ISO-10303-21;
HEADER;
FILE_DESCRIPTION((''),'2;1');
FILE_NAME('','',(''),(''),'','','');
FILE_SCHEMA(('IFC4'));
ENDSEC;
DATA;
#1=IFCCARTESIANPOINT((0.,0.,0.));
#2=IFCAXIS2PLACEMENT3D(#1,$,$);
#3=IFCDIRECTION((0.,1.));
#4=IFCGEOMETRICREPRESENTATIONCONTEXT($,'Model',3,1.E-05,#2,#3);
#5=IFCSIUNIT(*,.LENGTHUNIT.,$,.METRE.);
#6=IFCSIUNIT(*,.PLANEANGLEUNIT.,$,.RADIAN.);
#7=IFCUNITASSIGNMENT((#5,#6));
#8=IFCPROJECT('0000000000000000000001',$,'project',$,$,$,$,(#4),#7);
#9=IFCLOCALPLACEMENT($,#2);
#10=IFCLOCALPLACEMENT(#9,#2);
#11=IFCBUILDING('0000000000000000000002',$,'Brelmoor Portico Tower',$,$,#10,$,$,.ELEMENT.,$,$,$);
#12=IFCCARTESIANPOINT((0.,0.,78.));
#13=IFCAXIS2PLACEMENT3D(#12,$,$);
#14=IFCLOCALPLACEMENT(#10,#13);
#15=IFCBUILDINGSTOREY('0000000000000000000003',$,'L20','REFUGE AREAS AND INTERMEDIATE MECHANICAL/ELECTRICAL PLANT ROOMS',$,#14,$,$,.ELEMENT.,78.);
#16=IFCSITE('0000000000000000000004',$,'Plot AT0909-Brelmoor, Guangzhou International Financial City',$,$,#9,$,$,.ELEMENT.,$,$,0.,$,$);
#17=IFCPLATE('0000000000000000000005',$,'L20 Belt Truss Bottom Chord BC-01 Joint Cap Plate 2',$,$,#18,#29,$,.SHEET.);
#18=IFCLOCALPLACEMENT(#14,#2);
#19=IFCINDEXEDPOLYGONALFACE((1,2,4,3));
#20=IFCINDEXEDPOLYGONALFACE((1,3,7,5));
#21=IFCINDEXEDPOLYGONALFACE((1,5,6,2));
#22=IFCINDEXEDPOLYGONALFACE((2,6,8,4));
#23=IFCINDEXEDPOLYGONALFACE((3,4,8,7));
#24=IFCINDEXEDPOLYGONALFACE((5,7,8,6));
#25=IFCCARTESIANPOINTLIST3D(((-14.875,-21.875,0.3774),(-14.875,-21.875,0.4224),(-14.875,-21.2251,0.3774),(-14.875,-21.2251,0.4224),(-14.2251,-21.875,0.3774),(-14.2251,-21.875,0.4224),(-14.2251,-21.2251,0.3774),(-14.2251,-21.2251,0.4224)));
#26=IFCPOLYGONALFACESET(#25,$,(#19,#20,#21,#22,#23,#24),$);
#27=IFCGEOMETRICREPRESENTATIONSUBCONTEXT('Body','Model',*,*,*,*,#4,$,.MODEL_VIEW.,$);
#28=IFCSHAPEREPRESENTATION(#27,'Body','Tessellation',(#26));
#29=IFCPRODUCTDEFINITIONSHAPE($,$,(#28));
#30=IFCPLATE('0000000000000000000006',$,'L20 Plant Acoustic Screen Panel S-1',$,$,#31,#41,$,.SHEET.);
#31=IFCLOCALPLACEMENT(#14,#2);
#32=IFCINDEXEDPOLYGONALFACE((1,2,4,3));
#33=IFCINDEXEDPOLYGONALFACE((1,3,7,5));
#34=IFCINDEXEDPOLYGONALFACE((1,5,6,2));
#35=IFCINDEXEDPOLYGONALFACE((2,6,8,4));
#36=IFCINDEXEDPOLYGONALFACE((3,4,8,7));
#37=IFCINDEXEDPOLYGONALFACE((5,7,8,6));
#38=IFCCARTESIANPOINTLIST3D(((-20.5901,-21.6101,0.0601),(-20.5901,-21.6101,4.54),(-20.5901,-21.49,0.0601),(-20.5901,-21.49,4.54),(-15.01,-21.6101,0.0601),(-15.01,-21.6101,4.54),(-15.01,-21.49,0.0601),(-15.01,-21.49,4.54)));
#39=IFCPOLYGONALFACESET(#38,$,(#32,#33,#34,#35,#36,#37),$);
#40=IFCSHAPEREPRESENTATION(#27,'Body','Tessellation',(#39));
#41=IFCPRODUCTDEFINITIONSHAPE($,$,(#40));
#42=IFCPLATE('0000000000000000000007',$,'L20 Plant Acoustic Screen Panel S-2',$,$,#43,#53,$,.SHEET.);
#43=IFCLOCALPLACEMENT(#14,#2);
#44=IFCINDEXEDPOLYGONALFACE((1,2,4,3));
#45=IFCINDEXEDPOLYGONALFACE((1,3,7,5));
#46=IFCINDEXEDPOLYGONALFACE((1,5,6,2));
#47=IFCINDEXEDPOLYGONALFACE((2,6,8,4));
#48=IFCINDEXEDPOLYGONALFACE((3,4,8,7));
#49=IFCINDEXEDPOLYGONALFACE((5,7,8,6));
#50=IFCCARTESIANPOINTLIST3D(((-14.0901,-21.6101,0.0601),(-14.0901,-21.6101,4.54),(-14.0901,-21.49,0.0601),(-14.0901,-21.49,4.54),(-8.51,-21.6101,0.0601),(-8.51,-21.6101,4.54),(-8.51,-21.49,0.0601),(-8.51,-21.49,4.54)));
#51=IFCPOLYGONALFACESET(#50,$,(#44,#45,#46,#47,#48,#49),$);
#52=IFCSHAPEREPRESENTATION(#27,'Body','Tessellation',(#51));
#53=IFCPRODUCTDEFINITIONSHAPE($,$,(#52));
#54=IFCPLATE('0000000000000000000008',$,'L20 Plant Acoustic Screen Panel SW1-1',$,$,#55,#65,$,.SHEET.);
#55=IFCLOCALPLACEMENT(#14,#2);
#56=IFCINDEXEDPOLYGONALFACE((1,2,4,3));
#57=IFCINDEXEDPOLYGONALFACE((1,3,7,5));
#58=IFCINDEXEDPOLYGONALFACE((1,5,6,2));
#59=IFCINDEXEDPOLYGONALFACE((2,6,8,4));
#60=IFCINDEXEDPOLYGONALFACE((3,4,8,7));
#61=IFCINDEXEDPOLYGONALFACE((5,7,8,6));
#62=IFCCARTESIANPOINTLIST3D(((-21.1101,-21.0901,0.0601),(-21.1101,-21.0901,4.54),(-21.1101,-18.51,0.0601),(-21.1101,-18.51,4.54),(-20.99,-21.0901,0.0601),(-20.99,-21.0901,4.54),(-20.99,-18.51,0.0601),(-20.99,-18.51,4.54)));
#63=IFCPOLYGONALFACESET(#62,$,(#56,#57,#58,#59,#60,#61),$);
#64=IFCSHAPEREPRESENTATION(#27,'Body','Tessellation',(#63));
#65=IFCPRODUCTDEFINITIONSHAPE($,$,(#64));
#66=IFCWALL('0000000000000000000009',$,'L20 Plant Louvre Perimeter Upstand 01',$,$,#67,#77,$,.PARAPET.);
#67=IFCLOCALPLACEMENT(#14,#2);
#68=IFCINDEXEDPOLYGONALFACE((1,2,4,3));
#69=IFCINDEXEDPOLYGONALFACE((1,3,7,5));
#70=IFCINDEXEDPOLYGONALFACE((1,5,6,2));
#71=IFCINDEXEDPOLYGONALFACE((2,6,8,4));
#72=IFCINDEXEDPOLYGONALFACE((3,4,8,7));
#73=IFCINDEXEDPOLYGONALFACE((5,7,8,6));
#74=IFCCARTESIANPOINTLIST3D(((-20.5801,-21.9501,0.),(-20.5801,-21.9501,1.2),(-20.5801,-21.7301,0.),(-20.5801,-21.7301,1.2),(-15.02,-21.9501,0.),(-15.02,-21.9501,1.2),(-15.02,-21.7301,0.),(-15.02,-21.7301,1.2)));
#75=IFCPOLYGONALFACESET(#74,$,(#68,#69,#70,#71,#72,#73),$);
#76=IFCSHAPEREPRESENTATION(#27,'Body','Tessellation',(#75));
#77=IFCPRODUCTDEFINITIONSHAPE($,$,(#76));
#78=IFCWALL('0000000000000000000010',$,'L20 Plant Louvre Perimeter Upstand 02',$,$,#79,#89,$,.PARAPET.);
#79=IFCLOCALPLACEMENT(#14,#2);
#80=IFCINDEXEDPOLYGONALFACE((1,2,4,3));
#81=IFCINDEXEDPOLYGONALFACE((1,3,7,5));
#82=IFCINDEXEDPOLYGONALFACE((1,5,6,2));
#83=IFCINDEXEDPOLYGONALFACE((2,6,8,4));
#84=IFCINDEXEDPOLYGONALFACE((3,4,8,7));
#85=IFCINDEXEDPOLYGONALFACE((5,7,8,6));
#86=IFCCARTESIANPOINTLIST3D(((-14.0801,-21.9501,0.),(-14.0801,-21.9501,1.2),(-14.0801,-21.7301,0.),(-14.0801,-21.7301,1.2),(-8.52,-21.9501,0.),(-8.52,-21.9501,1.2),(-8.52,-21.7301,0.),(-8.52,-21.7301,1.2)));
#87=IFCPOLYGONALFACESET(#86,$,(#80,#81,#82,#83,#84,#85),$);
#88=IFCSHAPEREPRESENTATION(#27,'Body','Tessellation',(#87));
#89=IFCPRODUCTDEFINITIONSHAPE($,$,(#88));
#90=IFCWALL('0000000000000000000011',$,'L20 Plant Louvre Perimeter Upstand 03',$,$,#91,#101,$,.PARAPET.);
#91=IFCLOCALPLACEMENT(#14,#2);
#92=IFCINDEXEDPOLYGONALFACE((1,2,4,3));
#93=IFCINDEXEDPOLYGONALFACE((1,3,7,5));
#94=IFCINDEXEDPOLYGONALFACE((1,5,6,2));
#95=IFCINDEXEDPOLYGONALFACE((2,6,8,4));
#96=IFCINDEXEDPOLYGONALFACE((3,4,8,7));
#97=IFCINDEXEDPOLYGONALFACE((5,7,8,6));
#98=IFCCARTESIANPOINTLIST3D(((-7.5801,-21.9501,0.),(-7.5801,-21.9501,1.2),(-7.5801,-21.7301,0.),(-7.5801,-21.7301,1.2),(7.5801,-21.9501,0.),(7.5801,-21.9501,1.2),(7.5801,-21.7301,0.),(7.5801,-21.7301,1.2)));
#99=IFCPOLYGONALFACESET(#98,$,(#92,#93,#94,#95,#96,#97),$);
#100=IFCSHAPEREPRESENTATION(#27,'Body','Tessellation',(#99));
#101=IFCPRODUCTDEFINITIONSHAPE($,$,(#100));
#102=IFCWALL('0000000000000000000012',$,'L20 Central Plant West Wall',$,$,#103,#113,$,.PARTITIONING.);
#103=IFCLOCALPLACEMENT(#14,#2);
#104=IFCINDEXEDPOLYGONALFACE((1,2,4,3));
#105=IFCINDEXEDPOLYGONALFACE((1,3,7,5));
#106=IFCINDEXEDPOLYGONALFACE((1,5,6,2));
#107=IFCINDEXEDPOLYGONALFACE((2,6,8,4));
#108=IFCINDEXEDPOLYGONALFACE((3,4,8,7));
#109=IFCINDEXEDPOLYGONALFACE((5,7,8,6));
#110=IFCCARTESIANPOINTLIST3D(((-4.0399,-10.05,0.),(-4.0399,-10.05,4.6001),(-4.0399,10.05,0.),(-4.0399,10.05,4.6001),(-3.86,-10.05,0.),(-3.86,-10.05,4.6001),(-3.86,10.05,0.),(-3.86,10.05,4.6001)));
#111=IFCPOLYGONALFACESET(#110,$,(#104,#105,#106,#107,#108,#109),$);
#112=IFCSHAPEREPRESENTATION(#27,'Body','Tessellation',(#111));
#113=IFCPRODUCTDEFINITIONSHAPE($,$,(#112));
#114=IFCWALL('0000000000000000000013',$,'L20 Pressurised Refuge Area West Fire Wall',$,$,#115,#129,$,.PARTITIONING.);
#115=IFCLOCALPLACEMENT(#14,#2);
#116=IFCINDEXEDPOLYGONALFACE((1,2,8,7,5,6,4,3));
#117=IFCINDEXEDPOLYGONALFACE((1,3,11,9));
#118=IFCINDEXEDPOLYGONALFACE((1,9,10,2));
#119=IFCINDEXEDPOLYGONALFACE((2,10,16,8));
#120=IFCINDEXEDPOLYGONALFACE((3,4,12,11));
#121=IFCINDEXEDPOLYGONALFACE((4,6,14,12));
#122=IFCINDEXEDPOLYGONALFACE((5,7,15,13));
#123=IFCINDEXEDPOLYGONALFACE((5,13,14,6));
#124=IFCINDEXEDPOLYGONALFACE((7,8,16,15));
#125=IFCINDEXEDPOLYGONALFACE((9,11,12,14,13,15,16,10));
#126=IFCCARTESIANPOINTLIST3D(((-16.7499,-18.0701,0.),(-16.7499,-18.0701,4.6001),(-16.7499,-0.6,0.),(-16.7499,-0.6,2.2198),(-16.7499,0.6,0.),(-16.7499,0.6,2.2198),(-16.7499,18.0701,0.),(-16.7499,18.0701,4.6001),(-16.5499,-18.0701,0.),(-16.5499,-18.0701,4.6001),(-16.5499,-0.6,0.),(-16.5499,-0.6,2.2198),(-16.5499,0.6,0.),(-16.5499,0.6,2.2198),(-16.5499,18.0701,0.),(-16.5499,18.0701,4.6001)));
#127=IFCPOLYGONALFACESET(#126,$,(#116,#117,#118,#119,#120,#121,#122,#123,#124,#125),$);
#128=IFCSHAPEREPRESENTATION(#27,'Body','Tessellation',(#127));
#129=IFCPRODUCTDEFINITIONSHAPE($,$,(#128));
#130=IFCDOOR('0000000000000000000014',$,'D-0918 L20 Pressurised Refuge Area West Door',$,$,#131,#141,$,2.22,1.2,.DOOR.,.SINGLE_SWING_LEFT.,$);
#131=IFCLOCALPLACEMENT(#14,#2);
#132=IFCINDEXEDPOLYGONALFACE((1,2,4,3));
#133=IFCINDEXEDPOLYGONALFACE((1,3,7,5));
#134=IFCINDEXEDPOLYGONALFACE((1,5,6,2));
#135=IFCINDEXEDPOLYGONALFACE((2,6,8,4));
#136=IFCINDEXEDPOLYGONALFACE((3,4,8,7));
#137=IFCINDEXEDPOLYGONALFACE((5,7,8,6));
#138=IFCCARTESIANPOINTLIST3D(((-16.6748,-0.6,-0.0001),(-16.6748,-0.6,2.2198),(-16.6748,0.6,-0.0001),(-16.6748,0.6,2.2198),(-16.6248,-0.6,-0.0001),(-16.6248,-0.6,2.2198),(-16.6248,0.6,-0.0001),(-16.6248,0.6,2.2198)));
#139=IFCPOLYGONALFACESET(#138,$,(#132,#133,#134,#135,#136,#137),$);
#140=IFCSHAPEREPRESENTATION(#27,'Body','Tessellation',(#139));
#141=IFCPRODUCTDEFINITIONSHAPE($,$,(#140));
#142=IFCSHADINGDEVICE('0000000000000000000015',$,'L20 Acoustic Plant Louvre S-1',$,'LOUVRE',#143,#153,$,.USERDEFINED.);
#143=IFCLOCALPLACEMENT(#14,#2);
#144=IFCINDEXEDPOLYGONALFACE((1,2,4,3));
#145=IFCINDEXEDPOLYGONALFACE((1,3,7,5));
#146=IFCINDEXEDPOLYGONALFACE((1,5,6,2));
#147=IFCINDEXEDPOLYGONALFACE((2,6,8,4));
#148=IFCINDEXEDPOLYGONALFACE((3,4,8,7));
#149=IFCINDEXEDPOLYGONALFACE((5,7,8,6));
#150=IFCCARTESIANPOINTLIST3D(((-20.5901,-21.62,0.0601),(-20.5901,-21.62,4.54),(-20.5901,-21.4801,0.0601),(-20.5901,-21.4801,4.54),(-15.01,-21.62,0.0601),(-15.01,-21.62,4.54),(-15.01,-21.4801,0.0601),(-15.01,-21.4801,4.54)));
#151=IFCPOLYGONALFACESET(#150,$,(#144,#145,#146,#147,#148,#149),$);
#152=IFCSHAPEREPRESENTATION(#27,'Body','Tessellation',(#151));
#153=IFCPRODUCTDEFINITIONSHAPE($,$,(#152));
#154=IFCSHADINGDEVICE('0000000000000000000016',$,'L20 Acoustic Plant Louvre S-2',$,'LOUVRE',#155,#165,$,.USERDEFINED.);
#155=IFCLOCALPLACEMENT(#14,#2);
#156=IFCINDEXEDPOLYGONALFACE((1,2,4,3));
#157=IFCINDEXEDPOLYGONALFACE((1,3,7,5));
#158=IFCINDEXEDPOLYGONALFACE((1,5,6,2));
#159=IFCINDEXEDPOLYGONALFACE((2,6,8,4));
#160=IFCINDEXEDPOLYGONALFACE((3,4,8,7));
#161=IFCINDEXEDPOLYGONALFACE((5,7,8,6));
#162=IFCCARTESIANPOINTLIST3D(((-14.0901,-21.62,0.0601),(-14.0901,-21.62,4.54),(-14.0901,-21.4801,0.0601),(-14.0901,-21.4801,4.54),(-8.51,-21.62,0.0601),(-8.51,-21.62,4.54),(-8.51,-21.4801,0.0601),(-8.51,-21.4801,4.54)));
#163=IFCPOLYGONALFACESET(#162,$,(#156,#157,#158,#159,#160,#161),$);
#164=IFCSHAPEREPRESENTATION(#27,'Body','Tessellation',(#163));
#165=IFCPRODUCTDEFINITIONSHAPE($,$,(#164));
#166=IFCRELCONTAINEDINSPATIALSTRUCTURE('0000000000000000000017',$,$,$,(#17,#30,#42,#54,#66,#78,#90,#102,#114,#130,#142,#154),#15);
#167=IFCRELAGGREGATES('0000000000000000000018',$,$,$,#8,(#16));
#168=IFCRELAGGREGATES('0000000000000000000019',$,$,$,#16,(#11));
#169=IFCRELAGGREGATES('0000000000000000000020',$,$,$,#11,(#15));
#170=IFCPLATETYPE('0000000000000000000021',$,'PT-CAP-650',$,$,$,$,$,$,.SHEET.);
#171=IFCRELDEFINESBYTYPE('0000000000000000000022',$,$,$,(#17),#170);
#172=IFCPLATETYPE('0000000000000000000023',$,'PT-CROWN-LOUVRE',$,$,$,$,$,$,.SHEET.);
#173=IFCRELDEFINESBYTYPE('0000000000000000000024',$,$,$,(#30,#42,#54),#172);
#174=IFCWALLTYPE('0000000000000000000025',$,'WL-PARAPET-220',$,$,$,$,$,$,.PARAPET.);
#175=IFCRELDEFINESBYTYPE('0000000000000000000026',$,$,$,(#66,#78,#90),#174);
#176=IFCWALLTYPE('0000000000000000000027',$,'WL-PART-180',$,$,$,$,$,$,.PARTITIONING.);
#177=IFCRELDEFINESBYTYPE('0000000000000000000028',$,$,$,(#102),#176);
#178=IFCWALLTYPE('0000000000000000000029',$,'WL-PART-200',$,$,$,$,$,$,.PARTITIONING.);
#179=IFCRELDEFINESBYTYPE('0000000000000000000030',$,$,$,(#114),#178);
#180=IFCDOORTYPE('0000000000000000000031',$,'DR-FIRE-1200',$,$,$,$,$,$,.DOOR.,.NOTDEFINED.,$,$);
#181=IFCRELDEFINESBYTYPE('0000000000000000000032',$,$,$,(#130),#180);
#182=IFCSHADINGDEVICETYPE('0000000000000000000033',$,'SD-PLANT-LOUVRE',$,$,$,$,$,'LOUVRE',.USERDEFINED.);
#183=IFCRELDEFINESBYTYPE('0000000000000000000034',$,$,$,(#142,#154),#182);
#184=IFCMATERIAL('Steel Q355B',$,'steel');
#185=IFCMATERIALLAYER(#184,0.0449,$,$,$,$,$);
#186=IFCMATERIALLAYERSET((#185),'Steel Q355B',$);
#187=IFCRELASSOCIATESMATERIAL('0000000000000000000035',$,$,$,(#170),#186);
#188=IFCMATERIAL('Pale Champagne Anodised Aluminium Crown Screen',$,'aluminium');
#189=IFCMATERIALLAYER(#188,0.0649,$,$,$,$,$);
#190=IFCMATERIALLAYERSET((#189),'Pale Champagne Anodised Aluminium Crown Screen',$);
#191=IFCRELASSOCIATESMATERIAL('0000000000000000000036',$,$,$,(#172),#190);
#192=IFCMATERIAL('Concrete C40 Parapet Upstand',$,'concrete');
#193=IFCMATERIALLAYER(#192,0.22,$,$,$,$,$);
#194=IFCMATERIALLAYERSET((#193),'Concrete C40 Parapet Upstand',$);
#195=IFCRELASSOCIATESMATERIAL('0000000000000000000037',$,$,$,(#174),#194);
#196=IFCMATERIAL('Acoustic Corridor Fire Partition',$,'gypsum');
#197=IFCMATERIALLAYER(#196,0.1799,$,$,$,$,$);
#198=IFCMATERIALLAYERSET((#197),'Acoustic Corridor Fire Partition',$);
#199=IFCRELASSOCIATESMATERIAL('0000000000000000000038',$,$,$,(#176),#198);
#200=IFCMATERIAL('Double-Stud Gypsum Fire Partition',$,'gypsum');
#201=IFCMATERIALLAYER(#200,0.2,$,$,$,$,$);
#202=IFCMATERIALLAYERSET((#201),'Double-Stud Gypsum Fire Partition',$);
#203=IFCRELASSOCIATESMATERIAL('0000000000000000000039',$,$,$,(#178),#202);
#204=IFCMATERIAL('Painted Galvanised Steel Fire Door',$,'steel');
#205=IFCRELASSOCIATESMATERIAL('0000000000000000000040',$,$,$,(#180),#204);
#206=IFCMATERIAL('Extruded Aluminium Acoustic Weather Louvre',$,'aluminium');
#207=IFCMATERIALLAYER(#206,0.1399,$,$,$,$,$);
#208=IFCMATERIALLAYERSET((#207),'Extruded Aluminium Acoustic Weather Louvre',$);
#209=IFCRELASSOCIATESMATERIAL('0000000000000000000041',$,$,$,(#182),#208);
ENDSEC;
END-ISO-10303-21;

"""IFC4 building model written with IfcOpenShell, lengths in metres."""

from ifc_helpers import new_model, si_unit, direction, frame, frame_2d, origin, origin_2d, place, context, subcontext, project, spatial, rectangle, extrude, material, layer, layer_set, type_object, element, fill, save


model = new_model("IFC4")

# Units and contexts
model_context = context("Model", 3, precision=1e-05, world=origin(), true_north=direction((0.0, 1.0)))
body_context = subcontext(model_context, "Body", "Model", "MODEL_VIEW")
ifc_project = project(units=[si_unit("LENGTHUNIT", "METRE"), si_unit("PLANEANGLEUNIT", "RADIAN")], contexts=[model_context])

# Site, building, storey
site_placement = place(None, origin())
site = spatial("IfcSite", under=ifc_project, at=site_placement, Name="Plot AT0909-Brelmoor, Guangzhou International Financial City", CompositionType="ELEMENT", RefElevation=0.0)
building_placement = place(site_placement, origin())
building = spatial("IfcBuilding", under=site, at=building_placement, Name="Brelmoor Portico Tower", CompositionType="ELEMENT")
storey_placement = place(building_placement, frame((0.0, 0.0, 78.0)))
storey = spatial("IfcBuildingStorey", under=building, at=storey_placement, Name="L20", Description="REFUGE AREAS AND INTERMEDIATE MECHANICAL/ELECTRICAL PLANT ROOMS", CompositionType="ELEMENT", Elevation=78.0)

# Shared definitions
ifc_material_1 = material(Name="Steel Q355B", Category="steel")

# Plates
ifc_layer_1 = layer(ifc_material_1, 0.0449)
ifc_layer_set_1 = layer_set([ifc_layer_1], Name="Steel Q355B")
plate_type_1 = type_object("IfcPlateType", Name="PT-CAP-650", PredefinedType="SHEET", material=ifc_layer_set_1)
for number, where, z_axis, x_axis, name in (
    (1, (-14.55, -21.55, 0.3774), (0.0, 0.0, 1.0), (1.0, 0.0, 0.0), "L20 Belt Truss Bottom Chord BC-01 Joint Cap Plate 2"),
):
    element("IfcPlate", number, at=place(storey_placement, frame(where, z_axis=z_axis, x_axis=x_axis)), inside=storey, type_object=plate_type_1, Name=name, PredefinedType="SHEET", context=body_context, shape_type="SweptSolid", body=[
        extrude(rectangle(XDim=0.6499, YDim=0.6499, at=origin_2d()), origin(), (0.0, 0.0, 1.0), 0.0449),
    ])
ifc_material_2 = material(Name="Pale Champagne Anodised Aluminium Crown Screen", Category="aluminium")
ifc_layer_2 = layer(ifc_material_2, 0.0649)
ifc_layer_set_2 = layer_set([ifc_layer_2], Name="Pale Champagne Anodised Aluminium Crown Screen")
plate_type_2 = type_object("IfcPlateType", Name="PT-CROWN-LOUVRE", PredefinedType="SHEET", material=ifc_layer_set_2)
for number, where, z_axis, x_axis, name in (
    (2, (-17.8, -21.55, 0.0601), (0.0, 0.0, 1.0), (1.0, 0.0, 0.0), "L20 Plant Acoustic Screen Panel S-1"),
    (3, (-11.3, -21.55, 0.0601), (0.0, 0.0, 1.0), (1.0, 0.0, 0.0), "L20 Plant Acoustic Screen Panel S-2"),
):
    element("IfcPlate", number, at=place(storey_placement, frame(where, z_axis=z_axis, x_axis=x_axis)), inside=storey, type_object=plate_type_2, Name=name, PredefinedType="SHEET", context=body_context, shape_type="SweptSolid", body=[
        extrude(rectangle(XDim=5.5801, YDim=0.1201, at=origin_2d()), origin(), (0.0, 0.0, 1.0), 4.48),
    ])
plate_placement = place(storey_placement, frame((-21.05, -19.8, 0.0601), z_axis=(0.0, 0.0, 1.0), x_axis=(0.0, 1.0, 0.0)))
element("IfcPlate", 4, at=plate_placement, inside=storey, type_object=plate_type_2, Name="L20 Plant Acoustic Screen Panel SW1-1", PredefinedType="SHEET", context=body_context, shape_type="SweptSolid", body=[
    extrude(rectangle(XDim=2.5801, YDim=0.1201, at=origin_2d()), origin(), (0.0, 0.0, 1.0), 4.48),
])

# Walls
ifc_material_3 = material(Name="Concrete C40 Parapet Upstand", Category="concrete")
ifc_layer_3 = layer(ifc_material_3, 0.22)
ifc_layer_set_3 = layer_set([ifc_layer_3], Name="Concrete C40 Parapet Upstand")
wall_type_1 = type_object("IfcWallType", Name="WL-PARAPET-220", PredefinedType="PARAPET", material=ifc_layer_set_3)
for number, where, z_axis, x_axis, name in (
    (5, (-20.5801, -21.8401, 0.0), (0.0, 0.0, 1.0), (1.0, 0.0, 0.0), "L20 Plant Louvre Perimeter Upstand 01"),
    (6, (-14.0801, -21.8401, 0.0), (0.0, 0.0, 1.0), (1.0, 0.0, 0.0), "L20 Plant Louvre Perimeter Upstand 02"),
):
    element("IfcWall", number, at=place(storey_placement, frame(where, z_axis=z_axis, x_axis=x_axis)), inside=storey, type_object=wall_type_1, Name=name, PredefinedType="PARAPET", context=body_context, shape_type="SweptSolid", body=[
        extrude(rectangle(XDim=5.5601, YDim=0.22, at=frame_2d((2.78, 0.0))), origin(), (0.0, 0.0, 1.0), 1.2),
    ])
wall_1_placement = place(storey_placement, frame((-7.5801, -21.8401, 0.0), z_axis=(0.0, 0.0, 1.0), x_axis=(1.0, 0.0, 0.0)))
element("IfcWall", 7, at=wall_1_placement, inside=storey, type_object=wall_type_1, Name="L20 Plant Louvre Perimeter Upstand 03", PredefinedType="PARAPET", context=body_context, shape_type="SweptSolid", body=[
    extrude(rectangle(XDim=15.1602, YDim=0.22, at=frame_2d((7.5801, 0.0))), origin(), (0.0, 0.0, 1.0), 1.2),
])
ifc_material_4 = material(Name="Acoustic Corridor Fire Partition", Category="gypsum")
ifc_layer_4 = layer(ifc_material_4, 0.1799)
ifc_layer_set_4 = layer_set([ifc_layer_4], Name="Acoustic Corridor Fire Partition")
wall_type_2 = type_object("IfcWallType", Name="WL-PART-180", PredefinedType="PARTITIONING", material=ifc_layer_set_4)
wall_2_placement = place(storey_placement, frame((-3.95, -10.05, 0.0), z_axis=(0.0, 0.0, 1.0), x_axis=(0.0, 1.0, 0.0)))
element("IfcWall", 8, at=wall_2_placement, inside=storey, type_object=wall_type_2, Name="L20 Central Plant West Wall", PredefinedType="PARTITIONING", context=body_context, shape_type="SweptSolid", body=[
    extrude(rectangle(XDim=20.1001, YDim=0.1799, at=frame_2d((10.05, 0.0))), origin(), (0.0, 0.0, 1.0), 4.6001),
])

# Wall, opening, door
ifc_material_5 = material(Name="Double-Stud Gypsum Fire Partition", Category="gypsum")
ifc_layer_5 = layer(ifc_material_5, 0.2)
ifc_layer_set_5 = layer_set([ifc_layer_5], Name="Double-Stud Gypsum Fire Partition")
wall_type_3 = type_object("IfcWallType", Name="WL-PART-200", PredefinedType="PARTITIONING", material=ifc_layer_set_5)
wall_3_placement = place(storey_placement, frame((-16.6499, -18.0701, 0.0), z_axis=(0.0, 0.0, 1.0), x_axis=(0.0, 1.0, 0.0)))
wall_3 = element("IfcWall", 9, at=wall_3_placement, inside=storey, type_object=wall_type_3, Name="L20 Pressurised Refuge Area West Fire Wall", PredefinedType="PARTITIONING", context=body_context, shape_type="SweptSolid", body=[
    extrude(rectangle(XDim=36.1401, YDim=0.2, at=frame_2d((18.0701, 0.0))), origin(), (0.0, 0.0, 1.0), 4.6001),
])
opening_placement = place(wall_3_placement, frame((17.47, 0.0, 0.0)))
opening = element("IfcOpeningElement", 10, at=opening_placement, cuts=wall_3, PredefinedType="OPENING", context=body_context, shape_type="SweptSolid", body=[
    extrude(rectangle(XDim=1.2, YDim=2.22, at=frame_2d((0.6001, 1.1099))), frame((0.0, 0.1099, 0.0), z_axis=(0.0, -1.0, 0.0), x_axis=(1.0, 0.0, 0.0)), (0.0, 0.0, 1.0), 0.22),
])
ifc_material_6 = material(Name="Painted Galvanised Steel Fire Door", Category="steel")
door_type = type_object("IfcDoorType", Name="DR-FIRE-1200", OperationType="NOTDEFINED", PredefinedType="DOOR", material=ifc_material_6)
door_placement = place(opening_placement, origin())
door = element("IfcDoor", 11, at=door_placement, inside=storey, type_object=door_type, Name="D-0918 L20 Pressurised Refuge Area West Door", OperationType="SINGLE_SWING_LEFT", OverallHeight=2.22, OverallWidth=1.2, PredefinedType="DOOR", context=body_context, shape_type="SweptSolid", body=[
    extrude(rectangle(XDim=1.2, YDim=2.22, at=frame_2d((0.6001, 1.1099))), frame((0.0, 0.0249, 0.0), z_axis=(0.0, -1.0, 0.0), x_axis=(1.0, 0.0, 0.0)), (0.0, 0.0, 1.0), 0.05),
])
fill(opening, door)

# Shading devices
ifc_material_7 = material(Name="Extruded Aluminium Acoustic Weather Louvre", Category="aluminium")
ifc_layer_6 = layer(ifc_material_7, 0.1399)
ifc_layer_set_6 = layer_set([ifc_layer_6], Name="Extruded Aluminium Acoustic Weather Louvre")
shading_device_type = type_object("IfcShadingDeviceType", Name="SD-PLANT-LOUVRE", ElementType="LOUVRE", PredefinedType="USERDEFINED", material=ifc_layer_set_6)
for number, where, z_axis, x_axis, name in (
    (12, (-17.8, -21.55, 0.0601), (0.0, 0.0, 1.0), (1.0, 0.0, 0.0), "L20 Acoustic Plant Louvre S-1"),
    (13, (-11.3, -21.55, 0.0601), (0.0, 0.0, 1.0), (1.0, 0.0, 0.0), "L20 Acoustic Plant Louvre S-2"),
):
    element("IfcShadingDevice", number, at=place(storey_placement, frame(where, z_axis=z_axis, x_axis=x_axis)), inside=storey, type_object=shading_device_type, Name=name, ObjectType="LOUVRE", PredefinedType="USERDEFINED", context=body_context, shape_type="SweptSolid", body=[
        extrude(rectangle(XDim=5.5801, YDim=0.1399, at=origin_2d()), origin(), (0.0, 0.0, 1.0), 4.48),
    ])

save(model, "model.ifc")
